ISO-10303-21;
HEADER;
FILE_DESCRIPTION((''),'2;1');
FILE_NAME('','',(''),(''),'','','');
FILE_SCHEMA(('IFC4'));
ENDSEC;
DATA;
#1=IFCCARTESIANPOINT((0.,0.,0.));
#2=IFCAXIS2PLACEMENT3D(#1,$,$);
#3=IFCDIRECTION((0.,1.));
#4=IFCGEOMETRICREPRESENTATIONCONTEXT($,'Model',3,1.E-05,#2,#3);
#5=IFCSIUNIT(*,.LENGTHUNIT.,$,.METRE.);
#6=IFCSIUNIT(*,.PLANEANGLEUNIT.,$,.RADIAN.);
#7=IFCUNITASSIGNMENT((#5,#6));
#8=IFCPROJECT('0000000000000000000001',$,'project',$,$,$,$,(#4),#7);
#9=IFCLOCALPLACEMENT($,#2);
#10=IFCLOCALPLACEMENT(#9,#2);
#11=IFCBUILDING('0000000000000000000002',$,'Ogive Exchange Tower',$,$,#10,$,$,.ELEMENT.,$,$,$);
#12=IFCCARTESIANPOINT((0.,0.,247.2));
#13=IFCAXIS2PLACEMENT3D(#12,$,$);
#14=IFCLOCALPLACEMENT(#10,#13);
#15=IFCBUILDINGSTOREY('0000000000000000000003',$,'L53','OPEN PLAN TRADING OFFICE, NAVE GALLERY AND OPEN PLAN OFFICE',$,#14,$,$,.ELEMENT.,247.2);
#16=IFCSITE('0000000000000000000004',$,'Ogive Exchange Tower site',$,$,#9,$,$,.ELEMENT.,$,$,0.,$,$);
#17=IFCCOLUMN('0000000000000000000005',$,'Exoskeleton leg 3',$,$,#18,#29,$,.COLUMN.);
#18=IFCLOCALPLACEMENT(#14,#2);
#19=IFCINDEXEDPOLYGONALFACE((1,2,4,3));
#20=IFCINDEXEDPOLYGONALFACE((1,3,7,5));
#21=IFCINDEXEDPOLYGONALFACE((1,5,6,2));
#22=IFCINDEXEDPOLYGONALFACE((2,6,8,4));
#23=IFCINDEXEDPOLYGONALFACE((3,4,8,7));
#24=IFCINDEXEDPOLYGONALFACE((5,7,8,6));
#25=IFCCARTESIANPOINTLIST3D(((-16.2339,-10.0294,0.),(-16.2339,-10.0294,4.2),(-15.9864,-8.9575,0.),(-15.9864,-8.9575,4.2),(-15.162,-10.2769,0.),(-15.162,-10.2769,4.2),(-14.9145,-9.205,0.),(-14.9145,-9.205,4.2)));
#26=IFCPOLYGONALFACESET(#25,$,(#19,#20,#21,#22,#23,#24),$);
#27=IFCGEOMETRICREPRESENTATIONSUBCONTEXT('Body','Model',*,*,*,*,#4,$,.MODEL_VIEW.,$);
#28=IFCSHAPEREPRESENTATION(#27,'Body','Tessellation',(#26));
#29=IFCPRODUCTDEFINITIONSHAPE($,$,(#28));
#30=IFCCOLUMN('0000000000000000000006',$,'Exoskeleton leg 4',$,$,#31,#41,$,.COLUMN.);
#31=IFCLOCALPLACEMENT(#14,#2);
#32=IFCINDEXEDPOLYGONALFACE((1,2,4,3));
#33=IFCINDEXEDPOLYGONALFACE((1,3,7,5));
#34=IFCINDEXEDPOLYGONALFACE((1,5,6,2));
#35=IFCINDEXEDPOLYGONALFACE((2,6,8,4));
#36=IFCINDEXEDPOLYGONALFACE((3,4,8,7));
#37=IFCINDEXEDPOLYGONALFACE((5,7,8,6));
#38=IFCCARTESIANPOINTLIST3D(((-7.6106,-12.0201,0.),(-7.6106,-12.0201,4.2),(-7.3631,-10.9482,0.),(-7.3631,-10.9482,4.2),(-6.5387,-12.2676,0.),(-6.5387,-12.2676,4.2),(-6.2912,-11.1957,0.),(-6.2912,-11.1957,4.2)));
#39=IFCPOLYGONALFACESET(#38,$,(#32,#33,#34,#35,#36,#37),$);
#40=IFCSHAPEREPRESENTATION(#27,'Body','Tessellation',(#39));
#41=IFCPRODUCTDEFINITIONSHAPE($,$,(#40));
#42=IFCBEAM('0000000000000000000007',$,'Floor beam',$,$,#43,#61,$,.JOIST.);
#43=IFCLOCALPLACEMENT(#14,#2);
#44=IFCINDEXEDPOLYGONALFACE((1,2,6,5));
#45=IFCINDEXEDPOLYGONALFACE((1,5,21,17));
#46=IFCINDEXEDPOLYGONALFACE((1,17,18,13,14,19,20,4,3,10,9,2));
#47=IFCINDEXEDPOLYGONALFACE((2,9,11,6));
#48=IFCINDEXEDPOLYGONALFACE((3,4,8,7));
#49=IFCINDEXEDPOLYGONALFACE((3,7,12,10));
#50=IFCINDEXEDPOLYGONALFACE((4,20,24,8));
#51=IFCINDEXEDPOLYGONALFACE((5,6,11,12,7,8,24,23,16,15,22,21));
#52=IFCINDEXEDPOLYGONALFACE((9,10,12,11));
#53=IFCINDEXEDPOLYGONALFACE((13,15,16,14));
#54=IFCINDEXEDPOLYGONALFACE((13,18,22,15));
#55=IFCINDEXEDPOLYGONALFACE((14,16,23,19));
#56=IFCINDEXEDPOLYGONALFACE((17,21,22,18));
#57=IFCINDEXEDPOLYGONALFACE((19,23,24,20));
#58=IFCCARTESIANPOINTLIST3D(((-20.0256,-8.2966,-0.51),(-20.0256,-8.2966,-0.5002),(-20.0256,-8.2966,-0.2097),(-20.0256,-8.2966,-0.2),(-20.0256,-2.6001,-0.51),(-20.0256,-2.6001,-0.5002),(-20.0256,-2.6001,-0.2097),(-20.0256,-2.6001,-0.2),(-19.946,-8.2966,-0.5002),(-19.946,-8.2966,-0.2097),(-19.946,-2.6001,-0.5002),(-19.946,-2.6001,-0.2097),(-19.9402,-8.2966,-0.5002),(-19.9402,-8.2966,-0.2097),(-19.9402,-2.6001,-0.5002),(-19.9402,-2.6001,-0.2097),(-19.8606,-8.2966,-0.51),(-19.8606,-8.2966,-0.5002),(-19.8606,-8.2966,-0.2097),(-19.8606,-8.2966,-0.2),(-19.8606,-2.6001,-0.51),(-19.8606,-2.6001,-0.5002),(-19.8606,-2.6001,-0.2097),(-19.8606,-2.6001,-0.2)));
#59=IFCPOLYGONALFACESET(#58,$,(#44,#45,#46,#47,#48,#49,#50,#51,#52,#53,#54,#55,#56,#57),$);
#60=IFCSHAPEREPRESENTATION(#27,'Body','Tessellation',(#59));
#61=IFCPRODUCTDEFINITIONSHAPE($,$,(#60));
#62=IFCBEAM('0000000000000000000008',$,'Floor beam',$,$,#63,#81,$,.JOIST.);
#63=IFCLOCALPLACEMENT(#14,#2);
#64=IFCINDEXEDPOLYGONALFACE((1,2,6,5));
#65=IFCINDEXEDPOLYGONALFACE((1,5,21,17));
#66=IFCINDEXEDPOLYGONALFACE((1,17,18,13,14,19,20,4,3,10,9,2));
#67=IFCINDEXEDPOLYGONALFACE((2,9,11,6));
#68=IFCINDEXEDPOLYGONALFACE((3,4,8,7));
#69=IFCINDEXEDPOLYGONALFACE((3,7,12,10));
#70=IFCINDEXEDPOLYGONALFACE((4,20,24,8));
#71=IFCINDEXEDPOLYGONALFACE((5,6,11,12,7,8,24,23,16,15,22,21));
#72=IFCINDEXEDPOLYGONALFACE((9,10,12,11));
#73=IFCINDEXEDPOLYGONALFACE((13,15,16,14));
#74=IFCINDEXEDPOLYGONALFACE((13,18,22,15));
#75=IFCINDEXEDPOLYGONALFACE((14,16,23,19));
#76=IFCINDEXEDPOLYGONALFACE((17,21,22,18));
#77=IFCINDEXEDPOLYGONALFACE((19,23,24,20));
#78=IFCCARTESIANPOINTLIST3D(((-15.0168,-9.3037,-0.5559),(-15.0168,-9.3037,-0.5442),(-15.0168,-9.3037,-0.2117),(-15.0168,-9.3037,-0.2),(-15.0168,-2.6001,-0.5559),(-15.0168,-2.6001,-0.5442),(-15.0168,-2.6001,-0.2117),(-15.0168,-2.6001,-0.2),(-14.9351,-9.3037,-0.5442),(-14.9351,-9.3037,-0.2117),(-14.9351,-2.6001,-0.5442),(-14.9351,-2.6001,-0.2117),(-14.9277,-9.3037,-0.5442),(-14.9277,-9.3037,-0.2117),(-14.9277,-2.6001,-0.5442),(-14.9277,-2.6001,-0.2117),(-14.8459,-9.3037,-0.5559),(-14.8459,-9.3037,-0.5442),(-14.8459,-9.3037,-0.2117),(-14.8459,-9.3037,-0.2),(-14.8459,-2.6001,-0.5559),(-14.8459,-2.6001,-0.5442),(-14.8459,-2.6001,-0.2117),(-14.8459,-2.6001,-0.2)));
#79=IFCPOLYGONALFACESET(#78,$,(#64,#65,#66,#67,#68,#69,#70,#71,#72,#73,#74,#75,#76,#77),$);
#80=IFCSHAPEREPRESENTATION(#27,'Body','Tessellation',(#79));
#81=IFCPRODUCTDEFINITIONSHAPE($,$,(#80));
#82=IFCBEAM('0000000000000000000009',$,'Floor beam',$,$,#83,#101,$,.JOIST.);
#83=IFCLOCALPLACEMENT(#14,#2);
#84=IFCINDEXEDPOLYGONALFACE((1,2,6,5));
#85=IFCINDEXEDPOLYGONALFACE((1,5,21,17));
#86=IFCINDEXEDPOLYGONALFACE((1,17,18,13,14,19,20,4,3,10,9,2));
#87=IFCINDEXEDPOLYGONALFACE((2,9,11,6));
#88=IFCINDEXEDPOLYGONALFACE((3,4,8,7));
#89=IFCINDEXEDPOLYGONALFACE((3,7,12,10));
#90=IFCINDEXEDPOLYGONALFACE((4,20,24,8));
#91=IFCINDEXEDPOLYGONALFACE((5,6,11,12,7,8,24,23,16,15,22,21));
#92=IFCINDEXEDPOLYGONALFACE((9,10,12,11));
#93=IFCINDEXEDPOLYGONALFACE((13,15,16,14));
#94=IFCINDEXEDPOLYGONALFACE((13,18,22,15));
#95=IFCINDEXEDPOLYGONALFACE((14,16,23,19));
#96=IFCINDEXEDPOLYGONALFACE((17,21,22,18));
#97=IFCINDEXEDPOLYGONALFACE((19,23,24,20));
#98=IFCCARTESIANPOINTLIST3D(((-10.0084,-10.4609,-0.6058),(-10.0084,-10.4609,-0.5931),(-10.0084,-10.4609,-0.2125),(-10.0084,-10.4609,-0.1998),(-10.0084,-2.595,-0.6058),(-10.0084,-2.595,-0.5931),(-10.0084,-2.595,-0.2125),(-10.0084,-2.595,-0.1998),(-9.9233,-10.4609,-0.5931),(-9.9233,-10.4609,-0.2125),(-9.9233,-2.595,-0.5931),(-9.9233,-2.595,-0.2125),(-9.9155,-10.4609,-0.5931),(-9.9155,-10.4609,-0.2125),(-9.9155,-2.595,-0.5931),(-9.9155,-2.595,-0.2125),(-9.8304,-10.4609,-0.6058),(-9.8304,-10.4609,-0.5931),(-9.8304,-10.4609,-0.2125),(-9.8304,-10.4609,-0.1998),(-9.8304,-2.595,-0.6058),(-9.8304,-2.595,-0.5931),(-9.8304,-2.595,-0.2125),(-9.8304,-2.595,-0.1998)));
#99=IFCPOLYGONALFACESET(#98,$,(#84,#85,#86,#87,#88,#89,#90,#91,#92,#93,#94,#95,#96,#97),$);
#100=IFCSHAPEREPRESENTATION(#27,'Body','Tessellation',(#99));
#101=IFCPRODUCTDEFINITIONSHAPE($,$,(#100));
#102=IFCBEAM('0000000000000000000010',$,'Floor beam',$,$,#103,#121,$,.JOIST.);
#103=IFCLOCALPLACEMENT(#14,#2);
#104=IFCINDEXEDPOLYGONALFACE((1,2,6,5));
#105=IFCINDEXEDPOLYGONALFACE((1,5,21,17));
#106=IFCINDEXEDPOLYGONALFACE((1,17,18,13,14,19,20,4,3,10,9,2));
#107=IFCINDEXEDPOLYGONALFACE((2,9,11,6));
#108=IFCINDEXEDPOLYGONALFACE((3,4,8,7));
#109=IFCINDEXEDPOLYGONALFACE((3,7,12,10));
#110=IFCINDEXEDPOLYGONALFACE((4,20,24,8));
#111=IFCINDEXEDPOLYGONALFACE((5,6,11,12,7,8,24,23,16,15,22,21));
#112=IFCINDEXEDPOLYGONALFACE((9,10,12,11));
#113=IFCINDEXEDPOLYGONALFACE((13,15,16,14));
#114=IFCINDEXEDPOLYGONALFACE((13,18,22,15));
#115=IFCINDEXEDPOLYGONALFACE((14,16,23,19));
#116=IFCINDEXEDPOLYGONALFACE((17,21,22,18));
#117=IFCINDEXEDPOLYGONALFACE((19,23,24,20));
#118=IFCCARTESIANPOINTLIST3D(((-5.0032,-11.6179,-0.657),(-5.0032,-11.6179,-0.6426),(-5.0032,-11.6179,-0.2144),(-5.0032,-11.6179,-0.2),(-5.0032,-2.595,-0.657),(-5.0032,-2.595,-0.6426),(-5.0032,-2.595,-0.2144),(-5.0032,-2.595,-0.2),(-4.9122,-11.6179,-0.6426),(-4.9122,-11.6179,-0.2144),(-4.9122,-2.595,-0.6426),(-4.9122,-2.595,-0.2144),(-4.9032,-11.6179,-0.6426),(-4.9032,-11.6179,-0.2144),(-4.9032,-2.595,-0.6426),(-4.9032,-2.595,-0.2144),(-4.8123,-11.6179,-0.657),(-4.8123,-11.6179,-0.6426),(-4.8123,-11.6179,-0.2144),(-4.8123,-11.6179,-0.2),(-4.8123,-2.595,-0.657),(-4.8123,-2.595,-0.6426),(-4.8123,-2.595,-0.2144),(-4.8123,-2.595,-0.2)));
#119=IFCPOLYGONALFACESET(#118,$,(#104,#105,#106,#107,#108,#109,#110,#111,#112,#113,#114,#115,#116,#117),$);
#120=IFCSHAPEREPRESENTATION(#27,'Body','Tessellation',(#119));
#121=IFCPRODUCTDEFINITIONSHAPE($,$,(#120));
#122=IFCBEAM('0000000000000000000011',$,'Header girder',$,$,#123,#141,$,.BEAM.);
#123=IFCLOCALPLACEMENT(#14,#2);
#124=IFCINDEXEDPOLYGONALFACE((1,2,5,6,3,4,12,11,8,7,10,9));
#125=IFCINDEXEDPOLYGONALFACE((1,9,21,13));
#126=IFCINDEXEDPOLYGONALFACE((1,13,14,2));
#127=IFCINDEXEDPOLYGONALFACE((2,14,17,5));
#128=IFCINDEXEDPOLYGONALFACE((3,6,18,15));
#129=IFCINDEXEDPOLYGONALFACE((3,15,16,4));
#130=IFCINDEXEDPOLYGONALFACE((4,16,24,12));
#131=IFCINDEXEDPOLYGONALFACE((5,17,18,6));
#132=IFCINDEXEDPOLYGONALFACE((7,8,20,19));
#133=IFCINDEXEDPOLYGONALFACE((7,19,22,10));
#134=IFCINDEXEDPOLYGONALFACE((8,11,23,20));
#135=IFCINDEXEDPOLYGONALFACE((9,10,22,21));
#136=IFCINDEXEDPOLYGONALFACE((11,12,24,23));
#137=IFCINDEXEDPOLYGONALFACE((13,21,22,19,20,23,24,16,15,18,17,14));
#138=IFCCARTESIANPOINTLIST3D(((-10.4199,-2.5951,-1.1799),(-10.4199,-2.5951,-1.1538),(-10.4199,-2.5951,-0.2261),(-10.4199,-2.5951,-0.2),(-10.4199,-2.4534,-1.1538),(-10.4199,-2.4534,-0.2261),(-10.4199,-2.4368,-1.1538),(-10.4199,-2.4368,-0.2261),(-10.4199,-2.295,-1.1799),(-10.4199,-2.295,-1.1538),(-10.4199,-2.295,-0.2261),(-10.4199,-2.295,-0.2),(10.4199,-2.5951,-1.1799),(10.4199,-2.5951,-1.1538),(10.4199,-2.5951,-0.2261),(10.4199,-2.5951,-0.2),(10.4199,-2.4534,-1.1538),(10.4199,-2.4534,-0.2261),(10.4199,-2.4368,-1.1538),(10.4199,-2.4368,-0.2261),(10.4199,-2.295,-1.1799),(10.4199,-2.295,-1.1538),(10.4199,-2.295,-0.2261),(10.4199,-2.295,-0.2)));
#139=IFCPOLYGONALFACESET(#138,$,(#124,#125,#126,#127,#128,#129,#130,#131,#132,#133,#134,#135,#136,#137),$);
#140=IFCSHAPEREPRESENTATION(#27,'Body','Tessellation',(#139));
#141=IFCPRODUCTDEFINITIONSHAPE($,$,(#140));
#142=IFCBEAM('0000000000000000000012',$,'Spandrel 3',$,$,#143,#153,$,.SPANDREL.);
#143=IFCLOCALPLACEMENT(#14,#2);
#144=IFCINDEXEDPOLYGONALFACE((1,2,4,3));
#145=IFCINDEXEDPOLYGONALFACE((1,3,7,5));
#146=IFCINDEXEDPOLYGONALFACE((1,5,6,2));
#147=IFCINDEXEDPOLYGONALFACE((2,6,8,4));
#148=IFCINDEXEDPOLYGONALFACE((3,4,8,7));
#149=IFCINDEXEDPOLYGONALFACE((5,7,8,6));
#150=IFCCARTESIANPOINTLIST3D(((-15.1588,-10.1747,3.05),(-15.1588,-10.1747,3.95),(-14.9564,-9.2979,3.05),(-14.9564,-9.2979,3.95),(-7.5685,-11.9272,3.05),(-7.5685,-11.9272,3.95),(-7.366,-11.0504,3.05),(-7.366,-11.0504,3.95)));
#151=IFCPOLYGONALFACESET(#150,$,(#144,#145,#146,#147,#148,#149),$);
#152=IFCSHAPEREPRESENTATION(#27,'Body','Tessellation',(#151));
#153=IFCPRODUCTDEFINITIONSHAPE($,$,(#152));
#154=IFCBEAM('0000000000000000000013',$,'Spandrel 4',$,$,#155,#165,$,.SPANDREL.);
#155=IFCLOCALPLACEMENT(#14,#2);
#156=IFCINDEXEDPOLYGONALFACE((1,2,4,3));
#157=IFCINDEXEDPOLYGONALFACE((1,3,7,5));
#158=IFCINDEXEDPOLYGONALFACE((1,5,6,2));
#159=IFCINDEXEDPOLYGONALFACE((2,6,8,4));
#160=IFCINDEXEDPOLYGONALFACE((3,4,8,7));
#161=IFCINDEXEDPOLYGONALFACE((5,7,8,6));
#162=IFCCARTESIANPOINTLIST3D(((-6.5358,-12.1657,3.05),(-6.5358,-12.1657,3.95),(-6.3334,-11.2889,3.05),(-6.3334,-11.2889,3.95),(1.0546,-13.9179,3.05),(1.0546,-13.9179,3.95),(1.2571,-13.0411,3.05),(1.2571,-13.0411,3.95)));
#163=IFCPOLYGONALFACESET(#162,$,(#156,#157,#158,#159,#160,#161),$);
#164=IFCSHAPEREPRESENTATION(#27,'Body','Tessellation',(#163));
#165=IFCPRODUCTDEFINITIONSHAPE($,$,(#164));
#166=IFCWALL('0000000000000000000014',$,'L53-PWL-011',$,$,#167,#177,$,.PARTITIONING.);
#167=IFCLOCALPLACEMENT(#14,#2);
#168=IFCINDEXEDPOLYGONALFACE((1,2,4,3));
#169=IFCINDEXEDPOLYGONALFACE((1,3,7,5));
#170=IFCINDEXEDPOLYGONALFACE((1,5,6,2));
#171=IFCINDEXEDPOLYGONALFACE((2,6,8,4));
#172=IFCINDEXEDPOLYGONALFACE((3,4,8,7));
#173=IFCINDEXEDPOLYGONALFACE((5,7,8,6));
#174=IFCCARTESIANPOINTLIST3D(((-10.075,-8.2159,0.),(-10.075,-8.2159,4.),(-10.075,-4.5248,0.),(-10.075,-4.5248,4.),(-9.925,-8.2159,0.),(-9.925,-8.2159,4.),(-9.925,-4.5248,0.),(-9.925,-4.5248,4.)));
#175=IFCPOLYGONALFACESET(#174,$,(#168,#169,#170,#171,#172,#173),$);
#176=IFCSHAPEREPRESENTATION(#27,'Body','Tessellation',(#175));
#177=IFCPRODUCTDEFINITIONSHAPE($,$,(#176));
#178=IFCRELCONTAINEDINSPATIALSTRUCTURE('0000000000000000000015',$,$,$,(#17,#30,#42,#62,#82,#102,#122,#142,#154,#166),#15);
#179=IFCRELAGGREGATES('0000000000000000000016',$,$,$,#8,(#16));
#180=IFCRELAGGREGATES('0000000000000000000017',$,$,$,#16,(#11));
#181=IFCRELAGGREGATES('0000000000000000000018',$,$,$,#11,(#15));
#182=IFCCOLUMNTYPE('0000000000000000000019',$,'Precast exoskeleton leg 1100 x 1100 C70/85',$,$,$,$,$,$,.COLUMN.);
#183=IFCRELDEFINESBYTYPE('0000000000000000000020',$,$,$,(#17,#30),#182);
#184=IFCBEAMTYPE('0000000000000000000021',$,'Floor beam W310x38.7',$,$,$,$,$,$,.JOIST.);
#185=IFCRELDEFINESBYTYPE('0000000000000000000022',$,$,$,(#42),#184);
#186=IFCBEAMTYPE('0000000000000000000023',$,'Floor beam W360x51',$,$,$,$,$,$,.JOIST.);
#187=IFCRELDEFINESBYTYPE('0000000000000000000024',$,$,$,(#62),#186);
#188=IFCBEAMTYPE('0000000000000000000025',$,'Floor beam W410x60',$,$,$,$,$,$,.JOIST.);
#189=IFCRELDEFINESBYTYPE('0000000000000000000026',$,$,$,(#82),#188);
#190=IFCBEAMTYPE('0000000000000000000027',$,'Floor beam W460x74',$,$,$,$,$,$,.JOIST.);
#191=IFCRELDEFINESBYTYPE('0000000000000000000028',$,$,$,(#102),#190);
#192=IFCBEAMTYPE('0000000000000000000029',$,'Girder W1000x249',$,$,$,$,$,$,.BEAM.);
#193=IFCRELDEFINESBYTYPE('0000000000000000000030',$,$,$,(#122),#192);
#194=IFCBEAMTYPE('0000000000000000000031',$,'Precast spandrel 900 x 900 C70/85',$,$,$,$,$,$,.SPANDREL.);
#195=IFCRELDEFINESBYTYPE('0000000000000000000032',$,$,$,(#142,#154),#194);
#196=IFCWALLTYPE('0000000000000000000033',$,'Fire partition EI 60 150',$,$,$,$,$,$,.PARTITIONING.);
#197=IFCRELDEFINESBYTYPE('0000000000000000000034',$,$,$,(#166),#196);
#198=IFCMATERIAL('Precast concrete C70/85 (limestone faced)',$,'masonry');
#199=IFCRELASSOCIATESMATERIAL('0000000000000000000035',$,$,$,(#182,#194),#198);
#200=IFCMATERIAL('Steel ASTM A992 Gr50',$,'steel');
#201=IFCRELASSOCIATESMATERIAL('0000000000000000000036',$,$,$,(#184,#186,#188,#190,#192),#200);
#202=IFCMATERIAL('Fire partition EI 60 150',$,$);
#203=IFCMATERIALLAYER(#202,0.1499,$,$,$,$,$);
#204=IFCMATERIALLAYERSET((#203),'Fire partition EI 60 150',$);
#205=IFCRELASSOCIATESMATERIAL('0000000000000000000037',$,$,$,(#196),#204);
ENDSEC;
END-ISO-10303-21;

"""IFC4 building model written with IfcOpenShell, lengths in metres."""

from ifc_helpers import new_model, si_unit, direction, frame, frame_2d, origin, origin_2d, place, context, subcontext, project, spatial, rectangle, i_section, extrude, material, layer, layer_set, material_profile, profile_set, type_object, element, save


model = new_model("IFC4")

# Units and contexts
model_context = context("Model", 3, precision=1e-05, world=origin(), true_north=direction((0.0, 1.0)))
body_context = subcontext(model_context, "Body", "Model", "MODEL_VIEW")
ifc_project = project(units=[si_unit("LENGTHUNIT", "METRE"), si_unit("PLANEANGLEUNIT", "RADIAN")], contexts=[model_context])

# Site, building, storey
site_placement = place(None, origin())
site = spatial("IfcSite", under=ifc_project, at=site_placement, Name="Ogive Exchange Tower site", CompositionType="ELEMENT", RefElevation=0.0)
building_placement = place(site_placement, origin())
building = spatial("IfcBuilding", under=site, at=building_placement, Name="Ogive Exchange Tower", CompositionType="ELEMENT")
storey_placement = place(building_placement, frame((0.0, 0.0, 247.2)))
storey = spatial("IfcBuildingStorey", under=building, at=storey_placement, Name="L53", Description="OPEN PLAN TRADING OFFICE, NAVE GALLERY AND OPEN PLAN OFFICE", CompositionType="ELEMENT", Elevation=247.2)

# Columns
ifc_material_1 = material(Name="Precast concrete C70/85 (limestone faced)", Category="masonry")
ifc_material_profile_1 = material_profile(ifc_material_1, rectangle(XDim=1.1001, YDim=1.1001, at=origin_2d()), Name="1100 x 1100")
ifc_profile_set_1 = profile_set([ifc_material_profile_1], Name="Precast concrete C70/85 (limestone faced)")
column_type = type_object("IfcColumnType", Name="Precast exoskeleton leg 1100 x 1100 C70/85", PredefinedType="COLUMN", material=ifc_profile_set_1)
for number, where, z_axis, x_axis, name in (
    (1, (-15.5742, -9.6172, 0.0), (0.0, 0.0, 1.0), (0.97437, -0.224951, 0.0), "Exoskeleton leg 3"),
    (2, (-6.9509, -11.6079, 0.0), (0.0, 0.0, 1.0), (0.97437, -0.224951, 0.0), "Exoskeleton leg 4"),
):
    element("IfcColumn", number, at=place(storey_placement, frame(where, z_axis=z_axis, x_axis=x_axis)), inside=storey, type_object=column_type, Name=name, PredefinedType="COLUMN", context=body_context, shape_type="SweptSolid", body=[
        extrude(rectangle(XDim=1.1001, YDim=1.1001, at=origin_2d()), origin(), (0.0, 0.0, 1.0), 4.2),
    ])

# Beams
ifc_material_2 = material(Name="Steel ASTM A992 Gr50", Category="steel")
ifc_material_profile_2 = material_profile(ifc_material_2, i_section(OverallWidth=0.165, OverallDepth=0.3101, WebThickness=0.0059, FlangeThickness=0.0098, at=origin_2d()), Name="W310x38.7")
ifc_profile_set_2 = profile_set([ifc_material_profile_2], Name="Steel ASTM A992 Gr50")
beam_type_1 = type_object("IfcBeamType", Name="Floor beam W310x38.7", PredefinedType="JOIST", material=ifc_profile_set_2)
beam_1_placement = place(storey_placement, frame((-19.9431, -8.2966, -0.355), z_axis=(0.0, 1.0, 0.0), x_axis=(-1.0, 0.0, 0.0)))
element("IfcBeam", 3, at=beam_1_placement, inside=storey, type_object=beam_type_1, Name="Floor beam", PredefinedType="JOIST", context=body_context, shape_type="SweptSolid", body=[
    extrude(i_section(OverallWidth=0.165, OverallDepth=0.3101, WebThickness=0.0059, FlangeThickness=0.0098, at=origin_2d()), origin(), (0.0, 0.0, 1.0), 5.6965),
])
ifc_material_profile_3 = material_profile(ifc_material_2, i_section(OverallWidth=0.1709, OverallDepth=0.356, WebThickness=0.0073, FlangeThickness=0.0117, at=origin_2d()), Name="W360x51")
ifc_profile_set_3 = profile_set([ifc_material_profile_3], Name="Steel ASTM A992 Gr50")
beam_type_2 = type_object("IfcBeamType", Name="Floor beam W360x51", PredefinedType="JOIST", material=ifc_profile_set_3)
beam_2_placement = place(storey_placement, frame((-14.9314, -9.3037, -0.3779), z_axis=(0.0, 1.0, 0.0), x_axis=(-1.0, 0.0, 0.0)))
element("IfcBeam", 4, at=beam_2_placement, inside=storey, type_object=beam_type_2, Name="Floor beam", PredefinedType="JOIST", context=body_context, shape_type="SweptSolid", body=[
    extrude(i_section(OverallWidth=0.1709, OverallDepth=0.356, WebThickness=0.0073, FlangeThickness=0.0117, at=origin_2d()), origin(), (0.0, 0.0, 1.0), 6.7036),
])
ifc_material_profile_4 = material_profile(ifc_material_2, i_section(OverallWidth=0.178, OverallDepth=0.406, WebThickness=0.0078, FlangeThickness=0.0127, at=origin_2d()), Name="W410x60")
ifc_profile_set_4 = profile_set([ifc_material_profile_4], Name="Steel ASTM A992 Gr50")
beam_type_3 = type_object("IfcBeamType", Name="Floor beam W410x60", PredefinedType="JOIST", material=ifc_profile_set_4)
beam_3_placement = place(storey_placement, frame((-9.9194, -10.4609, -0.4028), z_axis=(0.0, 1.0, 0.0), x_axis=(-1.0, 0.0, 0.0)))
element("IfcBeam", 5, at=beam_3_placement, inside=storey, type_object=beam_type_3, Name="Floor beam", PredefinedType="JOIST", context=body_context, shape_type="SweptSolid", body=[
    extrude(i_section(OverallWidth=0.178, OverallDepth=0.406, WebThickness=0.0078, FlangeThickness=0.0127, at=origin_2d()), origin(), (0.0, 0.0, 1.0), 7.866),
])
ifc_material_profile_5 = material_profile(ifc_material_2, i_section(OverallWidth=0.1909, OverallDepth=0.457, WebThickness=0.009, FlangeThickness=0.0144, at=origin_2d()), Name="W460x74")
ifc_profile_set_5 = profile_set([ifc_material_profile_5], Name="Steel ASTM A992 Gr50")
beam_type_4 = type_object("IfcBeamType", Name="Floor beam W460x74", PredefinedType="JOIST", material=ifc_profile_set_5)
beam_4_placement = place(storey_placement, frame((-4.9077, -11.6179, -0.4285), z_axis=(0.0, 1.0, 0.0), x_axis=(-1.0, 0.0, 0.0)))
element("IfcBeam", 6, at=beam_4_placement, inside=storey, type_object=beam_type_4, Name="Floor beam", PredefinedType="JOIST", context=body_context, shape_type="SweptSolid", body=[
    extrude(i_section(OverallWidth=0.1909, OverallDepth=0.457, WebThickness=0.009, FlangeThickness=0.0144, at=origin_2d()), origin(), (0.0, 0.0, 1.0), 9.0229),
])
ifc_material_profile_6 = material_profile(ifc_material_2, i_section(OverallWidth=0.3, OverallDepth=0.98, WebThickness=0.0166, FlangeThickness=0.0261, at=origin_2d()), Name="W1000x249")
ifc_profile_set_6 = profile_set([ifc_material_profile_6], Name="Steel ASTM A992 Gr50")
beam_type_5 = type_object("IfcBeamType", Name="Girder W1000x249", PredefinedType="BEAM", material=ifc_profile_set_6)
beam_5_placement = place(storey_placement, frame((-10.4199, -2.4451, -0.6899), z_axis=(1.0, 0.0, 0.0), x_axis=(0.0, 1.0, 0.0)))
element("IfcBeam", 7, at=beam_5_placement, inside=storey, type_object=beam_type_5, Name="Header girder", PredefinedType="BEAM", context=body_context, shape_type="SweptSolid", body=[
    extrude(i_section(OverallWidth=0.3, OverallDepth=0.98, WebThickness=0.0166, FlangeThickness=0.0261, at=origin_2d()), origin(), (0.0, 0.0, 1.0), 20.8398),
])
ifc_material_profile_7 = material_profile(ifc_material_1, rectangle(XDim=0.8999, YDim=0.8999, at=origin_2d()), Name="900 x 900")
ifc_profile_set_7 = profile_set([ifc_material_profile_7], Name="Precast concrete C70/85 (limestone faced)")
beam_type_6 = type_object("IfcBeamType", Name="Precast spandrel 900 x 900 C70/85", PredefinedType="SPANDREL", material=ifc_profile_set_7)
for number, where, z_axis, x_axis, name in (
    (8, (-15.0576, -9.7363, 3.5), (0.974368, -0.22496, 0.0), (0.22496, 0.974368, 0.0), "Spandrel 3"),
    (9, (-6.4346, -11.7273, 3.5), (0.974375, -0.22493, 0.0), (0.22493, 0.974375, 0.0), "Spandrel 4"),
):
    element("IfcBeam", number, at=place(storey_placement, frame(where, z_axis=z_axis, x_axis=x_axis)), inside=storey, type_object=beam_type_6, Name=name, PredefinedType="SPANDREL", context=body_context, shape_type="SweptSolid", body=[
        extrude(rectangle(XDim=0.8999, YDim=0.8999, at=origin_2d()), origin(), (0.0, 0.0, 1.0), 7.79),
    ])

# Wall
ifc_material_3 = material(Name="Fire partition EI 60 150")
ifc_layer_1 = layer(ifc_material_3, 0.1499)
ifc_layer_set_1 = layer_set([ifc_layer_1], Name="Fire partition EI 60 150")
wall_type_1 = type_object("IfcWallType", Name="Fire partition EI 60 150", PredefinedType="PARTITIONING", material=ifc_layer_set_1)
wall_1_placement = place(storey_placement, frame((-10.0, -8.2161, 0.0), z_axis=(0.0, 0.0, 1.0), x_axis=(0.0, 1.0, 0.0)))
element("IfcWall", 10, at=wall_1_placement, inside=storey, type_object=wall_type_1, Name="L53-PWL-011", PredefinedType="PARTITIONING", context=body_context, shape_type="SweptSolid", body=[
    extrude(rectangle(XDim=3.6912, YDim=0.1499, at=frame_2d((1.8457, 0.0))), origin(), (0.0, 0.0, 1.0), 4.0),
])

save(model, "model.ifc")
